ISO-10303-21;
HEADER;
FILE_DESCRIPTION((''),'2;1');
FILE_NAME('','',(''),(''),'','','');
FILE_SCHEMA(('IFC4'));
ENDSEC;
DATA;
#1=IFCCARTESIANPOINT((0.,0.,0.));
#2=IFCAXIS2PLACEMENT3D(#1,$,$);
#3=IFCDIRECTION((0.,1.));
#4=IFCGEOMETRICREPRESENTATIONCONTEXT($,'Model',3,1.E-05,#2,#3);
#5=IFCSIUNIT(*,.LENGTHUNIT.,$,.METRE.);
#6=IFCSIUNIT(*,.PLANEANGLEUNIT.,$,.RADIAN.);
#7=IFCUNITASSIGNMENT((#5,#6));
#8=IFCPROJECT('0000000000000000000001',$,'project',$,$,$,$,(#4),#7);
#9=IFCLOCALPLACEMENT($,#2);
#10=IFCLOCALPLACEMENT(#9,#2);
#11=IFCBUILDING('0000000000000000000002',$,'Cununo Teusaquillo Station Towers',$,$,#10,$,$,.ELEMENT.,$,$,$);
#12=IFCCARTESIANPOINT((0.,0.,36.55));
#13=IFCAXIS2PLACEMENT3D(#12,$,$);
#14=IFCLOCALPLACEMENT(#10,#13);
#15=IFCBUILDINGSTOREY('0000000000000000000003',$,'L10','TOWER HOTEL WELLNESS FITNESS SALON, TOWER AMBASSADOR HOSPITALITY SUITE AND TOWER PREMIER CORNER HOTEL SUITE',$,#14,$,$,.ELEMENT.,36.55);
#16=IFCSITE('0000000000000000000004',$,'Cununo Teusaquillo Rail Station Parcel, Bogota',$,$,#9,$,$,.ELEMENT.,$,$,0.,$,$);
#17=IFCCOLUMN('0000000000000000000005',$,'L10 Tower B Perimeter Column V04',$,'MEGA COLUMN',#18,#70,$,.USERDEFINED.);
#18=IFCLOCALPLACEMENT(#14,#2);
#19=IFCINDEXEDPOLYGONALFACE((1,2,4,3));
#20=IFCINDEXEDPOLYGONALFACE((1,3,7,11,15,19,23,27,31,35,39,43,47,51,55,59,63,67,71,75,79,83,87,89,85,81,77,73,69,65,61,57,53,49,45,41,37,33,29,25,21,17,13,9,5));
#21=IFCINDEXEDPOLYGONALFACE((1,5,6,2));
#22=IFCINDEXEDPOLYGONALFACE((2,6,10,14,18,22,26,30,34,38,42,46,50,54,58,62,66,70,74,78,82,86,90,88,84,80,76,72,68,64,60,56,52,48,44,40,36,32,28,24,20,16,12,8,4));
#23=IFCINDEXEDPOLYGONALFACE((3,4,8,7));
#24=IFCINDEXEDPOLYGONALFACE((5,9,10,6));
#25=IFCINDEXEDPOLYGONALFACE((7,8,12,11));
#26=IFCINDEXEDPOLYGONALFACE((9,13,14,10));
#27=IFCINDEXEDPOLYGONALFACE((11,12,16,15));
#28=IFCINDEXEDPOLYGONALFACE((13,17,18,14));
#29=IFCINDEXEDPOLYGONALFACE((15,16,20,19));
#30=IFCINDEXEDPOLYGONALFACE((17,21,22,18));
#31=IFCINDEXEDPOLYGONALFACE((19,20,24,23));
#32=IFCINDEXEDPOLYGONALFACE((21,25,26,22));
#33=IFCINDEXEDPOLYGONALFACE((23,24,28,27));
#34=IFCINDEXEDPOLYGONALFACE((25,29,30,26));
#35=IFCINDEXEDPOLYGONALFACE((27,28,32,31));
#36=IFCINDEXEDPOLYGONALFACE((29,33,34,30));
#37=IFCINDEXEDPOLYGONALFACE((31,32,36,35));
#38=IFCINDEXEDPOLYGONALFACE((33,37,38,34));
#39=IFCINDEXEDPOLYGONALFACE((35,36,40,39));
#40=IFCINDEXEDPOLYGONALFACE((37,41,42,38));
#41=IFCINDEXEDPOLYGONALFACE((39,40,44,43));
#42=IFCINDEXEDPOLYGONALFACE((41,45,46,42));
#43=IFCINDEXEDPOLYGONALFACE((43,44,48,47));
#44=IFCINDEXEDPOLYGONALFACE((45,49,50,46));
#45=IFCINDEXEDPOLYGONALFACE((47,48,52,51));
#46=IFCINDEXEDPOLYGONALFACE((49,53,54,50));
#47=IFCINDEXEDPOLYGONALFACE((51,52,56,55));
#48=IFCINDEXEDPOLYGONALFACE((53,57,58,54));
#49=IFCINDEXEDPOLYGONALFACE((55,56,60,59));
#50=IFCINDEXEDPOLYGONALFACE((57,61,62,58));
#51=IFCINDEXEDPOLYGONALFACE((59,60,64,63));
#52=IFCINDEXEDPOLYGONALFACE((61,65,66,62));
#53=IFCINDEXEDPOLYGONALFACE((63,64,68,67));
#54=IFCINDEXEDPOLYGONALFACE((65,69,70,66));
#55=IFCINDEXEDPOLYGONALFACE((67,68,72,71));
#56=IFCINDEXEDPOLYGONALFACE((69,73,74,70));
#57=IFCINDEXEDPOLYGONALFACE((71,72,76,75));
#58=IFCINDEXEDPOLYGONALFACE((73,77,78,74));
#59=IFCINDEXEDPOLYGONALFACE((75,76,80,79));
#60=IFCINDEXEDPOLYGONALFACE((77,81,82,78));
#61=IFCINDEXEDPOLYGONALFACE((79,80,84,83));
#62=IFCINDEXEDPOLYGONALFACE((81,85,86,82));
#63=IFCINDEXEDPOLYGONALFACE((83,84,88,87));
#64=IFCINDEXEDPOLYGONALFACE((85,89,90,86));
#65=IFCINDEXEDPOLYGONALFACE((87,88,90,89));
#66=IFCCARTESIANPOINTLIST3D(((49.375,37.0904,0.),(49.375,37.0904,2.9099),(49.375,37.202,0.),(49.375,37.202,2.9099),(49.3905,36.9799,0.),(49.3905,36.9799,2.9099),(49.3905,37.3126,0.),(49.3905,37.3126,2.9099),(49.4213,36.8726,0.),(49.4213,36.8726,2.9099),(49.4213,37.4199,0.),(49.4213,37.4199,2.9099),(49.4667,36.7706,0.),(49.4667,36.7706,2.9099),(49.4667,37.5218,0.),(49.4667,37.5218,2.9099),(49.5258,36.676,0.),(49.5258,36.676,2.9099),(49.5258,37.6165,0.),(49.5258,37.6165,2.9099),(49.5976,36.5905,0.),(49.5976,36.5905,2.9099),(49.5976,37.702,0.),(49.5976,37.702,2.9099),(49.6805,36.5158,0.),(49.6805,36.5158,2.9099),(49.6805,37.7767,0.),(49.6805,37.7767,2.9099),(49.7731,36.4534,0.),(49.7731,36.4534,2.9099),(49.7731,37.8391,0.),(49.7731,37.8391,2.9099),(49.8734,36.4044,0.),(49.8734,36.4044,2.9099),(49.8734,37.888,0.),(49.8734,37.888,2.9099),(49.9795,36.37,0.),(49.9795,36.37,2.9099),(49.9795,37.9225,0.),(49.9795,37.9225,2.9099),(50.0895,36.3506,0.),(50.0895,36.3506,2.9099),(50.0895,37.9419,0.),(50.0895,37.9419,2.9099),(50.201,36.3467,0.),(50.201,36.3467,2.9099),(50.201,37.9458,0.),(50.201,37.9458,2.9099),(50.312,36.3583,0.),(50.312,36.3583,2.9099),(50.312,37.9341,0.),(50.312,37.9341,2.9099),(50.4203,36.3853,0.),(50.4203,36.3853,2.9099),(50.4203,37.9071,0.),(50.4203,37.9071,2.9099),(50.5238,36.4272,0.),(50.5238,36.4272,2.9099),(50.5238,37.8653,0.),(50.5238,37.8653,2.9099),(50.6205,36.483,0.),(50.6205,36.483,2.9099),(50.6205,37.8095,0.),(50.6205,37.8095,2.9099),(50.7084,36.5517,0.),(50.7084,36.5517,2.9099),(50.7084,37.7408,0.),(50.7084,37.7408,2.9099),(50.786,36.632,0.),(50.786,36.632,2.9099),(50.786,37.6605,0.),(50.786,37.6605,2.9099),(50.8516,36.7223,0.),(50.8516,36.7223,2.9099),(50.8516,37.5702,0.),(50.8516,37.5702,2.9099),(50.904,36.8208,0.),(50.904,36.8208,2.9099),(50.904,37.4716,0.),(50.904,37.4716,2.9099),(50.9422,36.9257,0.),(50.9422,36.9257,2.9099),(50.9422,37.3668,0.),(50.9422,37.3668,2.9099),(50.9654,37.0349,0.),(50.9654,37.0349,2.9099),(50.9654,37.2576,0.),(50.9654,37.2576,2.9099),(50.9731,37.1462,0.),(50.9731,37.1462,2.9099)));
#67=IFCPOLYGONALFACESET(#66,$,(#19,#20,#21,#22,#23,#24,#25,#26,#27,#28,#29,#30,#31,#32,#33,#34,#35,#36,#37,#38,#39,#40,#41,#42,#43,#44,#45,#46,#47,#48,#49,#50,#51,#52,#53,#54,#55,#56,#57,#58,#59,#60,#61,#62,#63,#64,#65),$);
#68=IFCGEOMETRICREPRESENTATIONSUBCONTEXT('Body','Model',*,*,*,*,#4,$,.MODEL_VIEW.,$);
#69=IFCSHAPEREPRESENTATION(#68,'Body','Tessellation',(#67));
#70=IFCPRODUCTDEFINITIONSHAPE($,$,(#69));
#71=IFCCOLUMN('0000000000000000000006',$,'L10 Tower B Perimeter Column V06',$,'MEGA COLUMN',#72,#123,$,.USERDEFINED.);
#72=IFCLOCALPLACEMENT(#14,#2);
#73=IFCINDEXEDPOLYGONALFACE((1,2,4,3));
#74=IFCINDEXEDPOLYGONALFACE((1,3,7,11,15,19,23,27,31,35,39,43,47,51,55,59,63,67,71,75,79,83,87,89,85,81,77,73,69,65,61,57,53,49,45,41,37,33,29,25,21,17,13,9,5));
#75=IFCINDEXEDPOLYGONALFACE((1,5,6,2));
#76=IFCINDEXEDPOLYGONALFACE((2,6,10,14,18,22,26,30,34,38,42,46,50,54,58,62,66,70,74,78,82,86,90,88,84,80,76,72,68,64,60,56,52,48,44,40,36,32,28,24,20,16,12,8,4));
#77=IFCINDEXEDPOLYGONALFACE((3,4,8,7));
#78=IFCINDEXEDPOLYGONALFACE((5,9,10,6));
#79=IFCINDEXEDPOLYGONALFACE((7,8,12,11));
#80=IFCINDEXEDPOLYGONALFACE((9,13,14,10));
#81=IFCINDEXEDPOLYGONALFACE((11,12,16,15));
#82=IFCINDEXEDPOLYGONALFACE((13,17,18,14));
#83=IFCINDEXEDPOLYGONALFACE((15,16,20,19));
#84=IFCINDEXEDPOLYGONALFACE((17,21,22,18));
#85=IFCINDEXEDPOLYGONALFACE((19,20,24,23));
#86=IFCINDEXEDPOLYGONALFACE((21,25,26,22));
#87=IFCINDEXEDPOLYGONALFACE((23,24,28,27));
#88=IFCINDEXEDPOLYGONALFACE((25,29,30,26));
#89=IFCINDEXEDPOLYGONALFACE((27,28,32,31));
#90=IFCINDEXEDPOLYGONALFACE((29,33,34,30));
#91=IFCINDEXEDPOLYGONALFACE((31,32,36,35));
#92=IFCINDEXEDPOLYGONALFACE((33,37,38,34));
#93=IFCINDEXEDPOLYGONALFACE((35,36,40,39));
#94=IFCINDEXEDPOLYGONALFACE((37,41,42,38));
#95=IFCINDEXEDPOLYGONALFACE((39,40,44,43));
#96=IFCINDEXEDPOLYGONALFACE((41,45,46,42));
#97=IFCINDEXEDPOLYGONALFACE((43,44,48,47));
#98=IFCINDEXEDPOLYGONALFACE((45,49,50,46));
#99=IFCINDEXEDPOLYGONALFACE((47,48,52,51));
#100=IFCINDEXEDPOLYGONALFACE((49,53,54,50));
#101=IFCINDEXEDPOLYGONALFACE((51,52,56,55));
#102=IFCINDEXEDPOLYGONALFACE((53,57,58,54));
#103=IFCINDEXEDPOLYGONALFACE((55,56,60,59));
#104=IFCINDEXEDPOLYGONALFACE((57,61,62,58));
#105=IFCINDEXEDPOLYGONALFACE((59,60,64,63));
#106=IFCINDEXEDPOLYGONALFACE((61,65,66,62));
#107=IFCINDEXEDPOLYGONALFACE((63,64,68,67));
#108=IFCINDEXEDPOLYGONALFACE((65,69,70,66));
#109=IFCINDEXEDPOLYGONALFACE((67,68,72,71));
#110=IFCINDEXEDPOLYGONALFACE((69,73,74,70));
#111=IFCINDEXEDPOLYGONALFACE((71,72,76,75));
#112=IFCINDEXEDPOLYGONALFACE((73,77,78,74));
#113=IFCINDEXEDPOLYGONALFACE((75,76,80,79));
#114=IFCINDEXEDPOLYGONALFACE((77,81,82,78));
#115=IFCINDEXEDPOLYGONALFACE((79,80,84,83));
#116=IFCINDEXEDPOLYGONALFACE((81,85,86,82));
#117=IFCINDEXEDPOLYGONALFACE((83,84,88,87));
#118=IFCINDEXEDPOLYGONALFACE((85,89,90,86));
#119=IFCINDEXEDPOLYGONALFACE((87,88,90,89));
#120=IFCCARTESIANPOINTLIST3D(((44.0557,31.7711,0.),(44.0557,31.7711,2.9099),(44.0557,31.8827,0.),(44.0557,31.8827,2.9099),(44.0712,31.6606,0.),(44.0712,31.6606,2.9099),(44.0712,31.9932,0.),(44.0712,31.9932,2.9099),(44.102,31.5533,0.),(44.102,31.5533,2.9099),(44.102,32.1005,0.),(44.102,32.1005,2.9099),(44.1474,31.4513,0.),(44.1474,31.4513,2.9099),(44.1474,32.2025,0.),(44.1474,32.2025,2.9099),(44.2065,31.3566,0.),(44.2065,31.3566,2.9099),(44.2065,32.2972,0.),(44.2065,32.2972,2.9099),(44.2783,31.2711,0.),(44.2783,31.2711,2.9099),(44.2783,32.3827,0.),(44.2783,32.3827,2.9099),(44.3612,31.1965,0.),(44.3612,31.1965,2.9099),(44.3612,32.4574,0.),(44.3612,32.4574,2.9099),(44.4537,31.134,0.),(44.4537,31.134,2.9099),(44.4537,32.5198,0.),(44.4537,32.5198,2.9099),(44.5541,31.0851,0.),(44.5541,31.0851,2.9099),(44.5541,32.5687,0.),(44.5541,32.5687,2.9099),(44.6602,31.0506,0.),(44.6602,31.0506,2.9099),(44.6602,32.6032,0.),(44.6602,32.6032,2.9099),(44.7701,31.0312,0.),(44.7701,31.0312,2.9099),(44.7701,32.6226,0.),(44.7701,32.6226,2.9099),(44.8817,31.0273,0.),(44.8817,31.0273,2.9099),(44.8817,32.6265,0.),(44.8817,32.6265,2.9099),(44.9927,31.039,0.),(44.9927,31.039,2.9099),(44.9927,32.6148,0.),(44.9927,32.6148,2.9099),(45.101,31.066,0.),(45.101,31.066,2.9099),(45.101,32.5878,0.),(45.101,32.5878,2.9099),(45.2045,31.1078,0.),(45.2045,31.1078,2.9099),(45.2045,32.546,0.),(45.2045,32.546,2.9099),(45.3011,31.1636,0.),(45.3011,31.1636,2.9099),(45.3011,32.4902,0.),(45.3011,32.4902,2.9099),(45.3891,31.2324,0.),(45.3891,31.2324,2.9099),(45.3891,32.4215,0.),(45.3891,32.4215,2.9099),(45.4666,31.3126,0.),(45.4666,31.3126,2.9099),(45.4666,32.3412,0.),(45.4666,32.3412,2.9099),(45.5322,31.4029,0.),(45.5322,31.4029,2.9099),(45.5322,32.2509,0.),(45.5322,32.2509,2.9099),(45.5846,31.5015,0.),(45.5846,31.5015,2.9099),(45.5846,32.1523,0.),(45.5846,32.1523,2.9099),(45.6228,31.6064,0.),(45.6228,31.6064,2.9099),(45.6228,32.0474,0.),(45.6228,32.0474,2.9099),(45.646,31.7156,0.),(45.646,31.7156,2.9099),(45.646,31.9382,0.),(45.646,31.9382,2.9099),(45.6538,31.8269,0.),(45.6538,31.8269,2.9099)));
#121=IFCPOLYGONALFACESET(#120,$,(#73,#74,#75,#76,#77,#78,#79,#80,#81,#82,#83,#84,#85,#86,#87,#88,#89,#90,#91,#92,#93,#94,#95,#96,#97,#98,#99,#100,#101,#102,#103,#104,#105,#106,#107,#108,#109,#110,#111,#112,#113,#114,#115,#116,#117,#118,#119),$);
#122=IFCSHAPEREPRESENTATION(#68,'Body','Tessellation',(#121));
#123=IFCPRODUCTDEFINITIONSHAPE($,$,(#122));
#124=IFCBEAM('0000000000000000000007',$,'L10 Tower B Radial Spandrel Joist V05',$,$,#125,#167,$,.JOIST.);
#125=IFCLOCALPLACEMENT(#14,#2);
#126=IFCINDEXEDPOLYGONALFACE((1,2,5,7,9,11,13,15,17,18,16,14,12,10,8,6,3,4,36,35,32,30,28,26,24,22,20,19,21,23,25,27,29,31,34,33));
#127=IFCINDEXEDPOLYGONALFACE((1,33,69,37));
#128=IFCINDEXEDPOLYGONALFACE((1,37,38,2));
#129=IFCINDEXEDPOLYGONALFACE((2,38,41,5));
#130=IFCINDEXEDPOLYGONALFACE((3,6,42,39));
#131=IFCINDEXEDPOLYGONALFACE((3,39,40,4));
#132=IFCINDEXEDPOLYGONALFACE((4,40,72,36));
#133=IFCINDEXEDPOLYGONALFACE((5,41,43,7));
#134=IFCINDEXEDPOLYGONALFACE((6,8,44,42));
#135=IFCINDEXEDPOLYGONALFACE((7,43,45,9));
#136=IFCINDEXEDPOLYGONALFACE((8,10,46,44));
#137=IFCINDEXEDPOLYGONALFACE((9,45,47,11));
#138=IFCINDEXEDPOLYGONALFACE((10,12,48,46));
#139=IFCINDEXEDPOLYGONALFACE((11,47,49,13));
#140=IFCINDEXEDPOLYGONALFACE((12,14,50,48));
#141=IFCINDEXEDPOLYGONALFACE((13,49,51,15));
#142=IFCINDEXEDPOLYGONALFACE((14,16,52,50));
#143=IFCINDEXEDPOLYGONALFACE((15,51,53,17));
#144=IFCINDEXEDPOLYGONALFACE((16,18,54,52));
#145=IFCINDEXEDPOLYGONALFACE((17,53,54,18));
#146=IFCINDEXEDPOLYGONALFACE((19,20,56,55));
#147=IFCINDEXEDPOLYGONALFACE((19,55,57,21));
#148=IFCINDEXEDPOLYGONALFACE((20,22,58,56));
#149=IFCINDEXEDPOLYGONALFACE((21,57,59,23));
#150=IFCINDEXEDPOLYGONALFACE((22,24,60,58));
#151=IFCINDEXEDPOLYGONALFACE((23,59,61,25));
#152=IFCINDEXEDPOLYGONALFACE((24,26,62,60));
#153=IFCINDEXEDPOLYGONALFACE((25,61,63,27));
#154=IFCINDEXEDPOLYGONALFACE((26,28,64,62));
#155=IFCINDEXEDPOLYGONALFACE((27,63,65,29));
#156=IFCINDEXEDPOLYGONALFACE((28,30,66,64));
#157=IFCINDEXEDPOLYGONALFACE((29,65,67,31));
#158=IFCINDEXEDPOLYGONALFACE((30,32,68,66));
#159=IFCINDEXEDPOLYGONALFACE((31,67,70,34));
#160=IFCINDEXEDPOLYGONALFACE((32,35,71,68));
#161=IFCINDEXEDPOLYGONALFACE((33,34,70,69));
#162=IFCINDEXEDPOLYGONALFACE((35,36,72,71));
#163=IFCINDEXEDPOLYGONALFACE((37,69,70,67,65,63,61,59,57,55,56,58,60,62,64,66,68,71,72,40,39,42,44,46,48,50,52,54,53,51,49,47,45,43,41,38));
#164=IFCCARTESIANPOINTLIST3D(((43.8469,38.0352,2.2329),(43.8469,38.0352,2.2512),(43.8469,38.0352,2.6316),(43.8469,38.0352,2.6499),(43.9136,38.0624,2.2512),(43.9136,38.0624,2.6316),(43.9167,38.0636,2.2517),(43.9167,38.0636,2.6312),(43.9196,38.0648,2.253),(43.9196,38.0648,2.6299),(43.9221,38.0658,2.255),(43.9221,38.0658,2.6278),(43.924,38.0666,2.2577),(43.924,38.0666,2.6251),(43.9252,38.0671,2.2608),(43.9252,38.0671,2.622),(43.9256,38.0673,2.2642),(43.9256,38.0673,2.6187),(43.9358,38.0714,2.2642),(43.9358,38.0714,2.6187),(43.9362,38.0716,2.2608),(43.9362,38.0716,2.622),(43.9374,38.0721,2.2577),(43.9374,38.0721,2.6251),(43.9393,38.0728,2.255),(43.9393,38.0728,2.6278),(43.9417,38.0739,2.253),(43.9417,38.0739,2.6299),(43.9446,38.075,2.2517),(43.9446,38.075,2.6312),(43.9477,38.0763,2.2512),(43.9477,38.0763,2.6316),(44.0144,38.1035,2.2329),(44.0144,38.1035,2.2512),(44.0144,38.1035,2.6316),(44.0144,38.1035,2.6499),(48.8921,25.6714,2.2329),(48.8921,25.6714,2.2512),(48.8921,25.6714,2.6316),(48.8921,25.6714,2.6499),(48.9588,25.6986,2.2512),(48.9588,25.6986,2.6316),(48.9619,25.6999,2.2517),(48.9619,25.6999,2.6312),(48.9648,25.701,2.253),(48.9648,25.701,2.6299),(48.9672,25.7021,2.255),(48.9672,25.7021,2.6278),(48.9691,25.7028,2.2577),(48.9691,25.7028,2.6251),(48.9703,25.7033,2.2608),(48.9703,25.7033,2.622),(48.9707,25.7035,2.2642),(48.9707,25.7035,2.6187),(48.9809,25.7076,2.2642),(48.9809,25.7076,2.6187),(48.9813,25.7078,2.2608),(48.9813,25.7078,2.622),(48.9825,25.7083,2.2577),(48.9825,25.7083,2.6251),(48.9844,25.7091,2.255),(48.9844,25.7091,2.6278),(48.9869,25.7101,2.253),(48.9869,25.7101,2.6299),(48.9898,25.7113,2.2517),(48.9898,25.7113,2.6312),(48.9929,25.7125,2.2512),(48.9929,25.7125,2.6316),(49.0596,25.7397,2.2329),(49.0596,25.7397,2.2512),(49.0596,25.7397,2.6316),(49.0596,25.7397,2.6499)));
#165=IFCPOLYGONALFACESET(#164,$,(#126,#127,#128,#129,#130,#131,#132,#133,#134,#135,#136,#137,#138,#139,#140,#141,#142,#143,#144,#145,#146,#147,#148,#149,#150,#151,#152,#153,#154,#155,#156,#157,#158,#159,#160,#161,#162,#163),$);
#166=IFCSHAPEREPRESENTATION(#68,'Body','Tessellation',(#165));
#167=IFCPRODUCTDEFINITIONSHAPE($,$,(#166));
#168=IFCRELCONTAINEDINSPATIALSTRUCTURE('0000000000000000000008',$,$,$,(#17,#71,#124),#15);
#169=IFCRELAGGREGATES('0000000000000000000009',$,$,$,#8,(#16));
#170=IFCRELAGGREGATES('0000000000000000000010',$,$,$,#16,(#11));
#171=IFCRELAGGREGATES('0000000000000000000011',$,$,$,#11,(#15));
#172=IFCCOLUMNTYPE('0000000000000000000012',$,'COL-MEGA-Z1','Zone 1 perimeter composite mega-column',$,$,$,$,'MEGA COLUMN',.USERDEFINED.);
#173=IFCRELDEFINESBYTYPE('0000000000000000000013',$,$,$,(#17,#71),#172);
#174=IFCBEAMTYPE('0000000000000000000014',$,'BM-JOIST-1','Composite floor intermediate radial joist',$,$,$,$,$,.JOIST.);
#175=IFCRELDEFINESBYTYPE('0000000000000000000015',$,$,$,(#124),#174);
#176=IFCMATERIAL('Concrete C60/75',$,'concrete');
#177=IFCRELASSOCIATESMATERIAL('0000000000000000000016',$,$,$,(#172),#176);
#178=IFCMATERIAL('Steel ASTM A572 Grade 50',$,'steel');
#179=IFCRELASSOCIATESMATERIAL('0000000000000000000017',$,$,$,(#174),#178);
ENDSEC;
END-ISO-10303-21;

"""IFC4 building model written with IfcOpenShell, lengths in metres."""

from ifc_helpers import new_model, si_unit, direction, frame, origin, origin_2d, place, context, subcontext, project, spatial, circle, i_section, extrude, material, material_profile, profile_set, type_object, element, save


model = new_model("IFC4")

# Units and contexts
model_context = context("Model", 3, precision=1e-05, world=origin(), true_north=direction((0.0, 1.0)))
body_context = subcontext(model_context, "Body", "Model", "MODEL_VIEW")
ifc_project = project(units=[si_unit("LENGTHUNIT", "METRE"), si_unit("PLANEANGLEUNIT", "RADIAN")], contexts=[model_context])

# Site, building, storey
site_placement = place(None, origin())
site = spatial("IfcSite", under=ifc_project, at=site_placement, Name="Cununo Teusaquillo Rail Station Parcel, Bogota", CompositionType="ELEMENT", RefElevation=0.0)
building_placement = place(site_placement, origin())
building = spatial("IfcBuilding", under=site, at=building_placement, Name="Cununo Teusaquillo Station Towers", CompositionType="ELEMENT")
storey_placement = place(building_placement, frame((0.0, 0.0, 36.55)))
storey = spatial("IfcBuildingStorey", under=building, at=storey_placement, Name="L10", Description="TOWER HOTEL WELLNESS FITNESS SALON, TOWER AMBASSADOR HOSPITALITY SUITE AND TOWER PREMIER CORNER HOTEL SUITE", CompositionType="ELEMENT", Elevation=36.55)

# Columns
ifc_material_1 = material(Name="Concrete C60/75", Category="concrete")
ifc_material_profile_1 = material_profile(ifc_material_1, circle(Radius=0.8, at=origin_2d()), Name="RC-CIRC-1600")
ifc_profile_set_1 = profile_set([ifc_material_profile_1], Name="Concrete C60/75")
column_type = type_object("IfcColumnType", Name="COL-MEGA-Z1", Description="Zone 1 perimeter composite mega-column", ElementType="MEGA COLUMN", PredefinedType="USERDEFINED", material=ifc_profile_set_1)
for number, where, z_axis, x_axis, name in (
    (1, (50.1731, 37.1462, 0.0), (0.0, 0.0, 1.0), (1.0, 0.0, 0.0), "L10 Tower B Perimeter Column V04"),
    (2, (44.8538, 31.8269, 0.0), (0.0, 0.0, 1.0), (1.0, 0.0, 0.0), "L10 Tower B Perimeter Column V06"),
):
    element("IfcColumn", number, at=place(storey_placement, frame(where, z_axis=z_axis, x_axis=x_axis)), inside=storey, type_object=column_type, Name=name, ObjectType="MEGA COLUMN", PredefinedType="USERDEFINED", context=body_context, shape_type="SweptSolid", body=[
        extrude(circle(Radius=0.8, at=origin_2d()), origin(), (0.0, 0.0, 1.0), 2.9099),
    ])

# Beam
ifc_material_2 = material(Name="Steel ASTM A572 Grade 50", Category="steel")
ifc_material_profile_2 = material_profile(ifc_material_2, i_section(OverallWidth=0.1809, OverallDepth=0.417, WebThickness=0.011, FlangeThickness=0.0183, FilletRadius=0.0129, at=origin_2d()), Name="W16X57")
ifc_profile_set_2 = profile_set([ifc_material_profile_2], Name="Steel ASTM A572 Grade 50")
beam_type_1 = type_object("IfcBeamType", Name="BM-JOIST-1", Description="Composite floor intermediate radial joist", PredefinedType="JOIST", material=ifc_profile_set_2)
beam_1_placement = place(storey_placement, frame((48.9758, 25.7056, 2.4414), z_axis=(-0.377815, 0.925881, 0.0), x_axis=(-0.925881, -0.377815, 0.0)))
element("IfcBeam", 3, at=beam_1_placement, inside=storey, type_object=beam_type_1, Name="L10 Tower B Radial Spandrel Joist V05", PredefinedType="JOIST", context=body_context, shape_type="SweptSolid", body=[
    extrude(i_section(OverallWidth=0.1809, OverallDepth=0.417, WebThickness=0.011, FlangeThickness=0.0183, FilletRadius=0.0129, at=origin_2d()), origin(), (0.0, 0.0, 1.0), 13.3535),
])

save(model, "model.ifc")
